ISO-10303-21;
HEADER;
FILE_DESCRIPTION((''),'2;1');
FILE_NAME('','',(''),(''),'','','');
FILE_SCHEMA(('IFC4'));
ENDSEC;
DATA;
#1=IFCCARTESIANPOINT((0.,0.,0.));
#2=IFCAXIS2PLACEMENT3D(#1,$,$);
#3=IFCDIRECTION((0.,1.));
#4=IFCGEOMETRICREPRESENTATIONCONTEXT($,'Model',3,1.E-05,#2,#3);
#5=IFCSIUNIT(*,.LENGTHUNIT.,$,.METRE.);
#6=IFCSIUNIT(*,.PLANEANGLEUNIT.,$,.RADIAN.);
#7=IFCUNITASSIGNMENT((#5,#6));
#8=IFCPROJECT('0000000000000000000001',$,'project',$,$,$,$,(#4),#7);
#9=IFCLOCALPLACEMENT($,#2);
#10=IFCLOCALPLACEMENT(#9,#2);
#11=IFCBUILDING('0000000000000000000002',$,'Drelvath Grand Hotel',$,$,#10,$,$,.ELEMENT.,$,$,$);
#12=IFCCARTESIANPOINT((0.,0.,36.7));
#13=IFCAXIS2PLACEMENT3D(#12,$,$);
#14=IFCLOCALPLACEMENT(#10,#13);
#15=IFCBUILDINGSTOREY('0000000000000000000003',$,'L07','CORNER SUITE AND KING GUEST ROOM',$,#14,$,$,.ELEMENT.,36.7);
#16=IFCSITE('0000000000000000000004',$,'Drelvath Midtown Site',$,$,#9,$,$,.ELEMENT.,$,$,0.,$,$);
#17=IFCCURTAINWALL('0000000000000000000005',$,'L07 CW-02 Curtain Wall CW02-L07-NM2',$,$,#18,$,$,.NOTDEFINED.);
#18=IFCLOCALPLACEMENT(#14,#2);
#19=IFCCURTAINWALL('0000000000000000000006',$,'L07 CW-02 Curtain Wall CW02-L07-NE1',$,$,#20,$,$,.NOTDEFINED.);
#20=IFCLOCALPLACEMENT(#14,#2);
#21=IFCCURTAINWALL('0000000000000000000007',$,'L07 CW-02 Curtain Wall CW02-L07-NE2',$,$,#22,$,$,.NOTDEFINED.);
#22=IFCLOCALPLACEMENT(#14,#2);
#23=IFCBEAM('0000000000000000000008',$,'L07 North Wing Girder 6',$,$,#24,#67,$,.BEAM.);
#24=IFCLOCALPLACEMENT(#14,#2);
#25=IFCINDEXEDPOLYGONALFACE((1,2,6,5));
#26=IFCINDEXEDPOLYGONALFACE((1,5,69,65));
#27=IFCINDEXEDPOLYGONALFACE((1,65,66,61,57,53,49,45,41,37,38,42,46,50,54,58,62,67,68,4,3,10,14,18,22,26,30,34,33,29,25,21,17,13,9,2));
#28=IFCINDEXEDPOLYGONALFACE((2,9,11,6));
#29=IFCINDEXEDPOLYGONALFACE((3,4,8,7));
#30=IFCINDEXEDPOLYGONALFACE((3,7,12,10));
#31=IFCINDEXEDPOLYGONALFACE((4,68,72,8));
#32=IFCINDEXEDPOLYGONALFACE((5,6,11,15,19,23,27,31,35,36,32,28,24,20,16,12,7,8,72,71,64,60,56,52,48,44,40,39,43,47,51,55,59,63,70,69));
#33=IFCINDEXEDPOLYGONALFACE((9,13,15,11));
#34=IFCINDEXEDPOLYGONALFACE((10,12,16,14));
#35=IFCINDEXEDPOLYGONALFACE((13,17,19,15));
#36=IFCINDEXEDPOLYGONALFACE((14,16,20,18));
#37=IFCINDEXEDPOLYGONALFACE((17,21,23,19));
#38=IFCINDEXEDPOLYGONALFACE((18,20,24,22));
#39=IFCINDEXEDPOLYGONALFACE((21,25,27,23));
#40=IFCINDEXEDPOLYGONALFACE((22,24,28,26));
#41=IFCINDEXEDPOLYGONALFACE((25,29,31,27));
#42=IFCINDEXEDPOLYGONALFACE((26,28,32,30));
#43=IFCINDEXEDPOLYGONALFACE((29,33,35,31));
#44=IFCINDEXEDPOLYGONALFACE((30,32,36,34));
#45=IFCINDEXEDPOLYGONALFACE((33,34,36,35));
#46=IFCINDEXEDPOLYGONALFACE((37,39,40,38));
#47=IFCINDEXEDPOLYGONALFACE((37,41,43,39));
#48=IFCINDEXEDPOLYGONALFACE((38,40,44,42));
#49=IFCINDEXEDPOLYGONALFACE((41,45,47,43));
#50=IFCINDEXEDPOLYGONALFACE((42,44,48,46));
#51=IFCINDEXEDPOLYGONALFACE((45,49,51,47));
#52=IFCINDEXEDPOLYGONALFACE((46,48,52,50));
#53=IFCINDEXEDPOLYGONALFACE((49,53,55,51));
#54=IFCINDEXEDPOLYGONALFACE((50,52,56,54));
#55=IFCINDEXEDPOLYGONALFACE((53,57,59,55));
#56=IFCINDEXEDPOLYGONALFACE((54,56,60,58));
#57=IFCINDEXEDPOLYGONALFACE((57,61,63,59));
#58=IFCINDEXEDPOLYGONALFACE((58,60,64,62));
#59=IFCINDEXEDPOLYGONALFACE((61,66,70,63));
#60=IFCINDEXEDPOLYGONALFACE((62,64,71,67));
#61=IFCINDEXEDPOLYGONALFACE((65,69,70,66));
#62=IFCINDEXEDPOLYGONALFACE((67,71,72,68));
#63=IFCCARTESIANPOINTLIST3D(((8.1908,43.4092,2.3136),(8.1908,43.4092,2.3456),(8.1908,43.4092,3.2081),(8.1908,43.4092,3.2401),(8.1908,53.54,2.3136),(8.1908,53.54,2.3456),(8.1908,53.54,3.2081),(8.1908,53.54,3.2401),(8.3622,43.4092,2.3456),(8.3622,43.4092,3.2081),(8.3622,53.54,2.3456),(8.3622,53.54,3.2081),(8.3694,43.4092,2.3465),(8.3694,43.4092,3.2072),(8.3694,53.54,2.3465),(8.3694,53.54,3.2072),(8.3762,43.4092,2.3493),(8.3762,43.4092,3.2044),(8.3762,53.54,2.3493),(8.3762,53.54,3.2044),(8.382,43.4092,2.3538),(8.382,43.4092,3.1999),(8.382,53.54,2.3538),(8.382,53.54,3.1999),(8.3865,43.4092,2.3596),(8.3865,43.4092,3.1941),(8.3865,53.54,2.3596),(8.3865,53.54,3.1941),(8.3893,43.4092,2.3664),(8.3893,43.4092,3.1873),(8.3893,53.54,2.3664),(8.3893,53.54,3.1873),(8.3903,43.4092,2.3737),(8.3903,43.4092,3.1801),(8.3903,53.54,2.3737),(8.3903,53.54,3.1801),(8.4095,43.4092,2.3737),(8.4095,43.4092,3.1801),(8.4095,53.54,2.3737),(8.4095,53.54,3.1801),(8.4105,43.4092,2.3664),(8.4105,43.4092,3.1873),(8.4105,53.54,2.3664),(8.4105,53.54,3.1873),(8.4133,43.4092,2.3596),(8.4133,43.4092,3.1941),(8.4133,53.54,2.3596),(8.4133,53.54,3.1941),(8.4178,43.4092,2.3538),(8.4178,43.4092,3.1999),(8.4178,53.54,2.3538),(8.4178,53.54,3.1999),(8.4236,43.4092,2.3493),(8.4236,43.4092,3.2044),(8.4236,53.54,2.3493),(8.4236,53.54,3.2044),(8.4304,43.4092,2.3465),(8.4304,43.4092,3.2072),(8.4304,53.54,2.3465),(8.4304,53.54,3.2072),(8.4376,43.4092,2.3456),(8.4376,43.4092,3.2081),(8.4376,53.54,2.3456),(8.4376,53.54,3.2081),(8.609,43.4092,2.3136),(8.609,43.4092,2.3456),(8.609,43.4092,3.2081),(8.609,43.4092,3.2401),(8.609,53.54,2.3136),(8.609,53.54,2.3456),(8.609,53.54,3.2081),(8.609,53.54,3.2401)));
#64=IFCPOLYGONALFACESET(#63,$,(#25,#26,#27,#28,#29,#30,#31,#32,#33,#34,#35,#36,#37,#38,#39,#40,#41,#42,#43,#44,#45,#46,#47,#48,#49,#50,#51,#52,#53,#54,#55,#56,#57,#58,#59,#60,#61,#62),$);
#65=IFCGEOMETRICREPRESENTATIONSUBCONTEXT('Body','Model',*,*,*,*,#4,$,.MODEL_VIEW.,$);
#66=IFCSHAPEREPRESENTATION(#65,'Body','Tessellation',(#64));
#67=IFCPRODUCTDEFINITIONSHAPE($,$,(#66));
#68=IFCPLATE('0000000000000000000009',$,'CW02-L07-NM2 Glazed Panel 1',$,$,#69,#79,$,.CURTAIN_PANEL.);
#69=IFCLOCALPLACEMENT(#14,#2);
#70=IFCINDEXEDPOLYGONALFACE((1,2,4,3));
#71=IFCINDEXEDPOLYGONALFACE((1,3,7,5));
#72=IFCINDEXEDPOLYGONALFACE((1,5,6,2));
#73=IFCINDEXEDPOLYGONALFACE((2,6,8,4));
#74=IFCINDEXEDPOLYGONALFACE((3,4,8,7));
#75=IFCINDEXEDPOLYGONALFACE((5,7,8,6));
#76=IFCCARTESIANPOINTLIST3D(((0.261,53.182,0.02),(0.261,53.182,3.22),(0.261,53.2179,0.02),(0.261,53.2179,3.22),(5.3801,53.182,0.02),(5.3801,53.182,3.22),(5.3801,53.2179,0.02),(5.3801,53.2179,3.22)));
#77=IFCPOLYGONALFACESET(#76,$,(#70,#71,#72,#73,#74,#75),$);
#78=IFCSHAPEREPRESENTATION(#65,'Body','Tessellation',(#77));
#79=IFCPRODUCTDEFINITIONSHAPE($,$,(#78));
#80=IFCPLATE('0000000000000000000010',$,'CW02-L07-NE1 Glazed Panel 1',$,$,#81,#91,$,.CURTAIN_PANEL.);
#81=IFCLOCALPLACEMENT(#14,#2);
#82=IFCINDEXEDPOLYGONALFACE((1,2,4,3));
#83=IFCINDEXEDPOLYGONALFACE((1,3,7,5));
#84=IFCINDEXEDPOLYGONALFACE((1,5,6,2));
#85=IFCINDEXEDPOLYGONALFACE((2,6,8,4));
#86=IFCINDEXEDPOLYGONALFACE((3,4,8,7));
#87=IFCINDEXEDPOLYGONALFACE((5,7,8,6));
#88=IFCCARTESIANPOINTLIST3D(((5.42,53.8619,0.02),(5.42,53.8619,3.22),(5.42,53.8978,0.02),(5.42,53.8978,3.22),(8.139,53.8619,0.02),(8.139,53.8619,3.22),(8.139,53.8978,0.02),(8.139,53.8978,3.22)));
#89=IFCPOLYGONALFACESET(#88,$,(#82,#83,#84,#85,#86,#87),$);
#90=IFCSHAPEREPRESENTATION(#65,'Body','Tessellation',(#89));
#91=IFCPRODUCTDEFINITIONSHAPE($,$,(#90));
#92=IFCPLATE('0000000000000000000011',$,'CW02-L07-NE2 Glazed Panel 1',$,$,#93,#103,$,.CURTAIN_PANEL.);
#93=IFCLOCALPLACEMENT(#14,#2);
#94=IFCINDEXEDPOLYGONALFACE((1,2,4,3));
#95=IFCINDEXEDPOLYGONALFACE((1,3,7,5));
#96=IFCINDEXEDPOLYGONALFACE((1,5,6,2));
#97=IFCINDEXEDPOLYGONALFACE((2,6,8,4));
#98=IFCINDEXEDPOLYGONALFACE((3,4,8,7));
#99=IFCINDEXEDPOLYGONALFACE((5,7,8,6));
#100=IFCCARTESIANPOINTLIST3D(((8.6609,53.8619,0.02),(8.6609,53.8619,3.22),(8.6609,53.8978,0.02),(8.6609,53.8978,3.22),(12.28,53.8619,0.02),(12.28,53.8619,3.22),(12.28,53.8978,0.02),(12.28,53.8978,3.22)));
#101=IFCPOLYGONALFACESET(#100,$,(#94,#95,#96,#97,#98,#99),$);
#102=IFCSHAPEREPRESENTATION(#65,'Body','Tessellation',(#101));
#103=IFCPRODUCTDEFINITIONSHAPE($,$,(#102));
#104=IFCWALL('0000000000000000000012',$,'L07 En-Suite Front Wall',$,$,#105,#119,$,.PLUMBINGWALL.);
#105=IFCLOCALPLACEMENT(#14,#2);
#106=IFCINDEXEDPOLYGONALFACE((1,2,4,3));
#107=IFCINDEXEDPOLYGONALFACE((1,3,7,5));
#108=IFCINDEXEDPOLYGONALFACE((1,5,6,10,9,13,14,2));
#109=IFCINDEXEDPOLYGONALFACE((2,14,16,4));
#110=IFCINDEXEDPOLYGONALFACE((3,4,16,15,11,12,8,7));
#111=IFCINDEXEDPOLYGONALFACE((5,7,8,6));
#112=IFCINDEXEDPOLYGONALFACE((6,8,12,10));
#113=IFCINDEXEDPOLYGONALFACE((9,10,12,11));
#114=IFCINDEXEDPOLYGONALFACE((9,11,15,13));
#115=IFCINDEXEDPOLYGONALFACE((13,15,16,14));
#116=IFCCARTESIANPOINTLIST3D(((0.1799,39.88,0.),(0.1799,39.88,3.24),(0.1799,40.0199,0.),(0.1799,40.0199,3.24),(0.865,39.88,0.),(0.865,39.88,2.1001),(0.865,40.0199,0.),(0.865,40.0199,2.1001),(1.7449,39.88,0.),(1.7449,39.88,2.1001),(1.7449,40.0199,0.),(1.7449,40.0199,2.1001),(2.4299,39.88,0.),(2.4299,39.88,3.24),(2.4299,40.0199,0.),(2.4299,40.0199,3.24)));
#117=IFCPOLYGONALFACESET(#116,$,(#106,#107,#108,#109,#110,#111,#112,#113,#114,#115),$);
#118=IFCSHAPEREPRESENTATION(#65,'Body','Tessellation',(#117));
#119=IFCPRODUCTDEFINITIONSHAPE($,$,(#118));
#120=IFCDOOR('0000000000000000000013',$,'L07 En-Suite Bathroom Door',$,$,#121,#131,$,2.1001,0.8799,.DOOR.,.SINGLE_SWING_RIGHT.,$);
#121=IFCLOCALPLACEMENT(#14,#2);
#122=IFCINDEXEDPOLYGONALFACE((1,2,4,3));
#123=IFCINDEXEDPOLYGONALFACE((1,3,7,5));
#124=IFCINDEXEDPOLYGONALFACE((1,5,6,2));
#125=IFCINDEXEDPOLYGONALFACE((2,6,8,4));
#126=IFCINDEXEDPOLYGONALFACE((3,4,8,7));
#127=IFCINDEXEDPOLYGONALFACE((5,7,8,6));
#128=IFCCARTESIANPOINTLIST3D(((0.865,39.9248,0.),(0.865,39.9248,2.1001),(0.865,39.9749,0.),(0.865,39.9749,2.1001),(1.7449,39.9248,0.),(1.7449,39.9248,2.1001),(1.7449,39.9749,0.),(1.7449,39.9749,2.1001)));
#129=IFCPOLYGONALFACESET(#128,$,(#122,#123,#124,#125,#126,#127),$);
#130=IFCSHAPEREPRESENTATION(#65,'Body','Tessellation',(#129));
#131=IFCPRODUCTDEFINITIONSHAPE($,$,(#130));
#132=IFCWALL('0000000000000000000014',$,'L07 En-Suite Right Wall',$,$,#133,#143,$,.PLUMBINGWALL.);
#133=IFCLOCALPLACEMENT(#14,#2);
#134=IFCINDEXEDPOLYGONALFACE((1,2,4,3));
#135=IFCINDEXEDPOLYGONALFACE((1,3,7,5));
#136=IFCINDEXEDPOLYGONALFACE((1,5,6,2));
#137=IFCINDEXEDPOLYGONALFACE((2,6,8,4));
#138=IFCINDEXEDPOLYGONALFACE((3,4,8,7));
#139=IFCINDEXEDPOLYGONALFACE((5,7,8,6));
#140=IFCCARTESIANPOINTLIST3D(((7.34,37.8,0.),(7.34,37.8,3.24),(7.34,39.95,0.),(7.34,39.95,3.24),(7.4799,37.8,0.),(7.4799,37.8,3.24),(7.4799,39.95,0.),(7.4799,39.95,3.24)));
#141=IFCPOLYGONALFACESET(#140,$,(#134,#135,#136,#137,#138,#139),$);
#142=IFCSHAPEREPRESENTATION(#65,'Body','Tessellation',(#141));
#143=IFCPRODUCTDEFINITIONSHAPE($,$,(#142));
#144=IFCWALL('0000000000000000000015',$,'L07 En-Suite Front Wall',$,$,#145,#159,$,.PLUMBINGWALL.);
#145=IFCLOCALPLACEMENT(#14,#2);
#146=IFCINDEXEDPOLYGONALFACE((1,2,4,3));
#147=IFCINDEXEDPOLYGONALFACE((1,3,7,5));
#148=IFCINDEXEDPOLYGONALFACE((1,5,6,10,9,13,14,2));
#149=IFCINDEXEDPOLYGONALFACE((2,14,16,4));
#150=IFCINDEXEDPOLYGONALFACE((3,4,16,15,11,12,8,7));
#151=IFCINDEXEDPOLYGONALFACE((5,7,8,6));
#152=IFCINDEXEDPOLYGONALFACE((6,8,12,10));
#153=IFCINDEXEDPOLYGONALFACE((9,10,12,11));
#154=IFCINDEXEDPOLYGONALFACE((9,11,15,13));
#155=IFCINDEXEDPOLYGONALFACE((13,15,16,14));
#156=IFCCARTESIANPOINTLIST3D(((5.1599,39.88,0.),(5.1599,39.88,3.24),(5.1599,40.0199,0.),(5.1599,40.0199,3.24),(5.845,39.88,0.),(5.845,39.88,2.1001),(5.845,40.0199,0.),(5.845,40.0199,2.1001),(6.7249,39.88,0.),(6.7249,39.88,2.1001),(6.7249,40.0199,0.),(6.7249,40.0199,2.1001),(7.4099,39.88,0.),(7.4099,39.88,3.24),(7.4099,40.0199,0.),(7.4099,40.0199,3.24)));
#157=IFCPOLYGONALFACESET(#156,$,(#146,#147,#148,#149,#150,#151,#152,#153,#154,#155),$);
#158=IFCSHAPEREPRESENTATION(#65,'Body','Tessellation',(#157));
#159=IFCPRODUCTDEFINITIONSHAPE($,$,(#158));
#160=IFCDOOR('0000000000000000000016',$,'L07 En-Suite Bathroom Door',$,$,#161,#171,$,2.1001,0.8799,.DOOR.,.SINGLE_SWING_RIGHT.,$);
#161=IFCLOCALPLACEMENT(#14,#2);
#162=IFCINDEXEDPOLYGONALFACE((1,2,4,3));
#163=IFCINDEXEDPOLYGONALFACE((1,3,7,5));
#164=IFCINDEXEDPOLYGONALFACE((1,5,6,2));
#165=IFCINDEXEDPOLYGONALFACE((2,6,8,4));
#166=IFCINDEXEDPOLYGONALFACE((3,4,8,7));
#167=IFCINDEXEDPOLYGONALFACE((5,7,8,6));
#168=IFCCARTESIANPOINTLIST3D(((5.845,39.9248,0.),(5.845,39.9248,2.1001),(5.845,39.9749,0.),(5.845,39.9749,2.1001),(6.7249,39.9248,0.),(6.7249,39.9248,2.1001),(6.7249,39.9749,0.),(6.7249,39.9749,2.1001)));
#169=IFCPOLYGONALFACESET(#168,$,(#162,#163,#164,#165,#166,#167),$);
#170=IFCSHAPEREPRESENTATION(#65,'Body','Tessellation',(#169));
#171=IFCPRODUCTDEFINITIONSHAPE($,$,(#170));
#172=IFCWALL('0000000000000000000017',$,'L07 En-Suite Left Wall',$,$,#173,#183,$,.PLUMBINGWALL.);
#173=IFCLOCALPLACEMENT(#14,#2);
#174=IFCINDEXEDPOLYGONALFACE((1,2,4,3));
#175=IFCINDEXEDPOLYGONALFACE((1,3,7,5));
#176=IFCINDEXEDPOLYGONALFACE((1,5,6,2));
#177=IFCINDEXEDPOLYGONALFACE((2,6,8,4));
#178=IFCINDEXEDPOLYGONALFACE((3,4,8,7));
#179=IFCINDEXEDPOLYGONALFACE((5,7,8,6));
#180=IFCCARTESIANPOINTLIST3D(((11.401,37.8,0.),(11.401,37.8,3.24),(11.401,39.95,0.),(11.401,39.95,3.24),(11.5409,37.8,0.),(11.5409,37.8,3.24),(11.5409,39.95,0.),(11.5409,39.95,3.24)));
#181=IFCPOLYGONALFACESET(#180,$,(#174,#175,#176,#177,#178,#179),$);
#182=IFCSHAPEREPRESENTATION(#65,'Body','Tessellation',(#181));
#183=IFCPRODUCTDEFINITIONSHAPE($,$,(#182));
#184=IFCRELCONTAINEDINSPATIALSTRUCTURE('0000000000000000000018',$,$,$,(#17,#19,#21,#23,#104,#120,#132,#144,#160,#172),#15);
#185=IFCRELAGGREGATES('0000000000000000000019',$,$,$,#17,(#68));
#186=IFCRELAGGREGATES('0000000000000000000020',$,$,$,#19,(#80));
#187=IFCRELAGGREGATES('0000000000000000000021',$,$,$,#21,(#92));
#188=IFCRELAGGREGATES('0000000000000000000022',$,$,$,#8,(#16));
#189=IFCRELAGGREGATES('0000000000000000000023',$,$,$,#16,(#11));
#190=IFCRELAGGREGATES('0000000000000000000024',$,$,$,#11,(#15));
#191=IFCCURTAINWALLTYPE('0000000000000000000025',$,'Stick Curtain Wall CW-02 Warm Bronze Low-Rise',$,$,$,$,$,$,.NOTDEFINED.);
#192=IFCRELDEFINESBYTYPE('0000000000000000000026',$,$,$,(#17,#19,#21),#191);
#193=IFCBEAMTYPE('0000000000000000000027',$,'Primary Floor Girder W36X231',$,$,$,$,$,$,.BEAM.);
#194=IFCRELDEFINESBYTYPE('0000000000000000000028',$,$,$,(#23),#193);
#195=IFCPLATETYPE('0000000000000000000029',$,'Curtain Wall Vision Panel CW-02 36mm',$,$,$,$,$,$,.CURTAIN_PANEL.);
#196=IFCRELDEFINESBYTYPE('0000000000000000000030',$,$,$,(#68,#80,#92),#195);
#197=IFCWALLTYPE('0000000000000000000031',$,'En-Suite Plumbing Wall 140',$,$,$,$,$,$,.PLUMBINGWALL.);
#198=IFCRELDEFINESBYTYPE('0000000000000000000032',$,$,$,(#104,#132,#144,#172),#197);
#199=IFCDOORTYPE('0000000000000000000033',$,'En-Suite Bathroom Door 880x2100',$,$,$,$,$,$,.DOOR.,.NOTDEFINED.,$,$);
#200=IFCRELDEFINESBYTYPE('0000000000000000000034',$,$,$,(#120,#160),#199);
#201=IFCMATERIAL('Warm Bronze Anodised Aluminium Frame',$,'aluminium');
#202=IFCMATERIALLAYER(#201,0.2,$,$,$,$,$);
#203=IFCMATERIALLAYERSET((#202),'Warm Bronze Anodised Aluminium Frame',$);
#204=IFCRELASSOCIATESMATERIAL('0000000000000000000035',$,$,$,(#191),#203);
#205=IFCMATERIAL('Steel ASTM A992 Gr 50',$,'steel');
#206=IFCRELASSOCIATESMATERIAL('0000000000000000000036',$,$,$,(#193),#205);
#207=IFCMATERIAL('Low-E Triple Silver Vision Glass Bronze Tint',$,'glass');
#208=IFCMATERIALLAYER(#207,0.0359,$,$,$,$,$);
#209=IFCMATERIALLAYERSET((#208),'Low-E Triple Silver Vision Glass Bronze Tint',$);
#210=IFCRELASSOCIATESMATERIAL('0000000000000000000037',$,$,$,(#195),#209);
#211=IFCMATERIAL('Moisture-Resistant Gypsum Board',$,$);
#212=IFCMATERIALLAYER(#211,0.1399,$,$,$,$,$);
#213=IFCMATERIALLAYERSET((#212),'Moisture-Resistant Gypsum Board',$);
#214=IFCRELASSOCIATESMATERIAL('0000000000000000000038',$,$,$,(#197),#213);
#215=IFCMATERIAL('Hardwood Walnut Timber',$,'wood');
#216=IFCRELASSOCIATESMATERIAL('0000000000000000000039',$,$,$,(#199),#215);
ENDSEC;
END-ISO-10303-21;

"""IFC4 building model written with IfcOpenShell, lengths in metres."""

from ifc_helpers import new_model, si_unit, direction, frame, frame_2d, origin, origin_2d, place, context, subcontext, project, spatial, rectangle, i_section, extrude, material, layer, layer_set, material_profile, profile_set, type_object, element, fill, aggregate, save


model = new_model("IFC4")

# Units and contexts
model_context = context("Model", 3, precision=1e-05, world=origin(), true_north=direction((0.0, 1.0)))
body_context = subcontext(model_context, "Body", "Model", "MODEL_VIEW")
ifc_project = project(units=[si_unit("LENGTHUNIT", "METRE"), si_unit("PLANEANGLEUNIT", "RADIAN")], contexts=[model_context])

# Site, building, storey
site_placement = place(None, origin())
site = spatial("IfcSite", under=ifc_project, at=site_placement, Name="Drelvath Midtown Site", CompositionType="ELEMENT", RefElevation=0.0)
building_placement = place(site_placement, origin())
building = spatial("IfcBuilding", under=site, at=building_placement, Name="Drelvath Grand Hotel", CompositionType="ELEMENT")
storey_placement = place(building_placement, frame((0.0, 0.0, 36.7)))
storey = spatial("IfcBuildingStorey", under=building, at=storey_placement, Name="L07", Description="CORNER SUITE AND KING GUEST ROOM", CompositionType="ELEMENT", Elevation=36.7)

# Curtain walls
ifc_material_1 = material(Name="Warm Bronze Anodised Aluminium Frame", Category="aluminium")
ifc_layer_1 = layer(ifc_material_1, 0.2)
ifc_layer_set_1 = layer_set([ifc_layer_1], Name="Warm Bronze Anodised Aluminium Frame")
curtain_wall_type = type_object("IfcCurtainWallType", Name="Stick Curtain Wall CW-02 Warm Bronze Low-Rise", PredefinedType="NOTDEFINED", material=ifc_layer_set_1)
curtain_wall_1_placement = place(storey_placement, origin())
curtain_wall_1 = element("IfcCurtainWall", 1, at=curtain_wall_1_placement, inside=storey, type_object=curtain_wall_type, Name="L07 CW-02 Curtain Wall CW02-L07-NM2", PredefinedType="NOTDEFINED")
curtain_wall_2_placement = place(storey_placement, origin())
curtain_wall_2 = element("IfcCurtainWall", 2, at=curtain_wall_2_placement, inside=storey, type_object=curtain_wall_type, Name="L07 CW-02 Curtain Wall CW02-L07-NE1", PredefinedType="NOTDEFINED")
curtain_wall_3_placement = place(storey_placement, origin())
curtain_wall_3 = element("IfcCurtainWall", 3, at=curtain_wall_3_placement, inside=storey, type_object=curtain_wall_type, Name="L07 CW-02 Curtain Wall CW02-L07-NE2", PredefinedType="NOTDEFINED")

# Beam
ifc_material_2 = material(Name="Steel ASTM A992 Gr 50", Category="steel")
ifc_material_profile_1 = material_profile(ifc_material_2, i_section(OverallWidth=0.4182, OverallDepth=0.9265, WebThickness=0.0193, FlangeThickness=0.032, FilletRadius=0.0281, at=origin_2d()), Name="W36X231")
ifc_profile_set_1 = profile_set([ifc_material_profile_1], Name="Steel ASTM A992 Gr 50")
beam_type_1 = type_object("IfcBeamType", Name="Primary Floor Girder W36X231", PredefinedType="BEAM", material=ifc_profile_set_1)
beam_1_placement = place(storey_placement, frame((8.3999, 43.4092, 2.7769), z_axis=(0.0, 1.0, 0.0), x_axis=(-1.0, 0.0, 0.0)))
element("IfcBeam", 4, at=beam_1_placement, inside=storey, type_object=beam_type_1, Name="L07 North Wing Girder 6", PredefinedType="BEAM", context=body_context, shape_type="SweptSolid", body=[
    extrude(i_section(OverallWidth=0.4182, OverallDepth=0.9265, WebThickness=0.0193, FlangeThickness=0.032, FilletRadius=0.0281, at=origin_2d()), origin(), (0.0, 0.0, 1.0), 10.1309),
])

# Plates
ifc_material_3 = material(Name="Low-E Triple Silver Vision Glass Bronze Tint", Category="glass")
ifc_layer_2 = layer(ifc_material_3, 0.0359)
ifc_layer_set_2 = layer_set([ifc_layer_2], Name="Low-E Triple Silver Vision Glass Bronze Tint")
plate_type = type_object("IfcPlateType", Name="Curtain Wall Vision Panel CW-02 36mm", PredefinedType="CURTAIN_PANEL", material=ifc_layer_set_2)
plate_1_placement = place(storey_placement, frame((2.8206, 53.2, 0.02), z_axis=(0.0, 0.0, 1.0), x_axis=(1.0, 0.0, 0.0)))
plate_1 = element("IfcPlate", 5, at=plate_1_placement, type_object=plate_type, Name="CW02-L07-NM2 Glazed Panel 1", PredefinedType="CURTAIN_PANEL", context=body_context, shape_type="SweptSolid", body=[
    extrude(rectangle(XDim=5.1191, YDim=0.0359, at=origin_2d()), origin(), (0.0, 0.0, 1.0), 3.2),
])
aggregate(curtain_wall_1, [plate_1])
plate_2_placement = place(storey_placement, frame((6.7795, 53.8799, 0.02), z_axis=(0.0, 0.0, 1.0), x_axis=(1.0, 0.0, 0.0)))
plate_2 = element("IfcPlate", 6, at=plate_2_placement, type_object=plate_type, Name="CW02-L07-NE1 Glazed Panel 1", PredefinedType="CURTAIN_PANEL", context=body_context, shape_type="SweptSolid", body=[
    extrude(rectangle(XDim=2.719, YDim=0.0359, at=origin_2d()), origin(), (0.0, 0.0, 1.0), 3.2),
])
aggregate(curtain_wall_2, [plate_2])
plate_3_placement = place(storey_placement, frame((10.4705, 53.8799, 0.02), z_axis=(0.0, 0.0, 1.0), x_axis=(1.0, 0.0, 0.0)))
plate_3 = element("IfcPlate", 7, at=plate_3_placement, type_object=plate_type, Name="CW02-L07-NE2 Glazed Panel 1", PredefinedType="CURTAIN_PANEL", context=body_context, shape_type="SweptSolid", body=[
    extrude(rectangle(XDim=3.6191, YDim=0.0359, at=origin_2d()), origin(), (0.0, 0.0, 1.0), 3.2),
])
aggregate(curtain_wall_3, [plate_3])

# Wall, opening, door
ifc_material_4 = material(Name="Moisture-Resistant Gypsum Board")
ifc_layer_3 = layer(ifc_material_4, 0.1399)
ifc_layer_set_3 = layer_set([ifc_layer_3], Name="Moisture-Resistant Gypsum Board")
wall_type_1 = type_object("IfcWallType", Name="En-Suite Plumbing Wall 140", PredefinedType="PLUMBINGWALL", material=ifc_layer_set_3)
wall_1_placement = place(storey_placement, frame((0.1799, 39.95, 0.0), z_axis=(0.0, 0.0, 1.0), x_axis=(1.0, 0.0, 0.0)))
wall_1 = element("IfcWall", 8, at=wall_1_placement, inside=storey, type_object=wall_type_1, Name="L07 En-Suite Front Wall", PredefinedType="PLUMBINGWALL", context=body_context, shape_type="SweptSolid", body=[
    extrude(rectangle(XDim=2.25, YDim=0.1399, at=frame_2d((1.125, 0.0))), origin(), (0.0, 0.0, 1.0), 3.24),
])
opening_1_placement = place(wall_1_placement, frame((0.6851, 0.0, 0.0)))
opening_1 = element("IfcOpeningElement", 9, at=opening_1_placement, cuts=wall_1, PredefinedType="OPENING", context=body_context, shape_type="SweptSolid", body=[
    extrude(rectangle(XDim=0.8799, YDim=2.1001, at=frame_2d((0.4399, 1.05))), frame((0.0, 0.0798, 0.0), z_axis=(0.0, -1.0, 0.0), x_axis=(1.0, 0.0, 0.0)), (0.0, 0.0, 1.0), 0.1599),
])
ifc_material_5 = material(Name="Hardwood Walnut Timber", Category="wood")
door_type = type_object("IfcDoorType", Name="En-Suite Bathroom Door 880x2100", OperationType="NOTDEFINED", PredefinedType="DOOR", material=ifc_material_5)
door_1_placement = place(opening_1_placement, origin())
door_1 = element("IfcDoor", 10, at=door_1_placement, inside=storey, type_object=door_type, Name="L07 En-Suite Bathroom Door", OperationType="SINGLE_SWING_RIGHT", OverallHeight=2.1001, OverallWidth=0.8799, PredefinedType="DOOR", context=body_context, shape_type="SweptSolid", body=[
    extrude(rectangle(XDim=0.8799, YDim=2.1001, at=frame_2d((0.4399, 1.05))), frame((0.0, 0.0249, 0.0), z_axis=(0.0, -1.0, 0.0), x_axis=(1.0, 0.0, 0.0)), (0.0, 0.0, 1.0), 0.05),
])
fill(opening_1, door_1)

# Wall
wall_2_placement = place(storey_placement, frame((7.4099, 37.8, 0.0), z_axis=(0.0, 0.0, 1.0), x_axis=(0.0, 1.0, 0.0)))
element("IfcWall", 11, at=wall_2_placement, inside=storey, type_object=wall_type_1, Name="L07 En-Suite Right Wall", PredefinedType="PLUMBINGWALL", context=body_context, shape_type="SweptSolid", body=[
    extrude(rectangle(XDim=2.1499, YDim=0.1399, at=frame_2d((1.075, 0.0))), origin(), (0.0, 0.0, 1.0), 3.24),
])

# Wall, opening, door
wall_3_placement = place(storey_placement, frame((5.1599, 39.95, 0.0), z_axis=(0.0, 0.0, 1.0), x_axis=(1.0, 0.0, 0.0)))
wall_3 = element("IfcWall", 12, at=wall_3_placement, inside=storey, type_object=wall_type_1, Name="L07 En-Suite Front Wall", PredefinedType="PLUMBINGWALL", context=body_context, shape_type="SweptSolid", body=[
    extrude(rectangle(XDim=2.25, YDim=0.1399, at=frame_2d((1.125, 0.0))), origin(), (0.0, 0.0, 1.0), 3.24),
])
opening_2_placement = place(wall_3_placement, frame((0.6851, 0.0, 0.0)))
opening_2 = element("IfcOpeningElement", 13, at=opening_2_placement, cuts=wall_3, PredefinedType="OPENING", context=body_context, shape_type="SweptSolid", body=[
    extrude(rectangle(XDim=0.8799, YDim=2.1001, at=frame_2d((0.4399, 1.05))), frame((0.0, 0.0798, 0.0), z_axis=(0.0, -1.0, 0.0), x_axis=(1.0, 0.0, 0.0)), (0.0, 0.0, 1.0), 0.1599),
])
door_2_placement = place(opening_2_placement, origin())
door_2 = element("IfcDoor", 14, at=door_2_placement, inside=storey, type_object=door_type, Name="L07 En-Suite Bathroom Door", OperationType="SINGLE_SWING_RIGHT", OverallHeight=2.1001, OverallWidth=0.8799, PredefinedType="DOOR", context=body_context, shape_type="SweptSolid", body=[
    extrude(rectangle(XDim=0.8799, YDim=2.1001, at=frame_2d((0.4399, 1.05))), frame((0.0, 0.0249, 0.0), z_axis=(0.0, -1.0, 0.0), x_axis=(1.0, 0.0, 0.0)), (0.0, 0.0, 1.0), 0.05),
])
fill(opening_2, door_2)

# Wall
for number, where, z_axis, x_axis, name in (
    (15, (11.4709, 37.8, 0.0), (0.0, 0.0, 1.0), (0.0, 1.0, 0.0), "L07 En-Suite Left Wall"),
):
    element("IfcWall", number, at=place(storey_placement, frame(where, z_axis=z_axis, x_axis=x_axis)), inside=storey, type_object=wall_type_1, Name=name, PredefinedType="PLUMBINGWALL", context=body_context, shape_type="SweptSolid", body=[
        extrude(rectangle(XDim=2.1499, YDim=0.1399, at=frame_2d((1.075, 0.0))), origin(), (0.0, 0.0, 1.0), 3.24),
    ])

save(model, "model.ifc")
